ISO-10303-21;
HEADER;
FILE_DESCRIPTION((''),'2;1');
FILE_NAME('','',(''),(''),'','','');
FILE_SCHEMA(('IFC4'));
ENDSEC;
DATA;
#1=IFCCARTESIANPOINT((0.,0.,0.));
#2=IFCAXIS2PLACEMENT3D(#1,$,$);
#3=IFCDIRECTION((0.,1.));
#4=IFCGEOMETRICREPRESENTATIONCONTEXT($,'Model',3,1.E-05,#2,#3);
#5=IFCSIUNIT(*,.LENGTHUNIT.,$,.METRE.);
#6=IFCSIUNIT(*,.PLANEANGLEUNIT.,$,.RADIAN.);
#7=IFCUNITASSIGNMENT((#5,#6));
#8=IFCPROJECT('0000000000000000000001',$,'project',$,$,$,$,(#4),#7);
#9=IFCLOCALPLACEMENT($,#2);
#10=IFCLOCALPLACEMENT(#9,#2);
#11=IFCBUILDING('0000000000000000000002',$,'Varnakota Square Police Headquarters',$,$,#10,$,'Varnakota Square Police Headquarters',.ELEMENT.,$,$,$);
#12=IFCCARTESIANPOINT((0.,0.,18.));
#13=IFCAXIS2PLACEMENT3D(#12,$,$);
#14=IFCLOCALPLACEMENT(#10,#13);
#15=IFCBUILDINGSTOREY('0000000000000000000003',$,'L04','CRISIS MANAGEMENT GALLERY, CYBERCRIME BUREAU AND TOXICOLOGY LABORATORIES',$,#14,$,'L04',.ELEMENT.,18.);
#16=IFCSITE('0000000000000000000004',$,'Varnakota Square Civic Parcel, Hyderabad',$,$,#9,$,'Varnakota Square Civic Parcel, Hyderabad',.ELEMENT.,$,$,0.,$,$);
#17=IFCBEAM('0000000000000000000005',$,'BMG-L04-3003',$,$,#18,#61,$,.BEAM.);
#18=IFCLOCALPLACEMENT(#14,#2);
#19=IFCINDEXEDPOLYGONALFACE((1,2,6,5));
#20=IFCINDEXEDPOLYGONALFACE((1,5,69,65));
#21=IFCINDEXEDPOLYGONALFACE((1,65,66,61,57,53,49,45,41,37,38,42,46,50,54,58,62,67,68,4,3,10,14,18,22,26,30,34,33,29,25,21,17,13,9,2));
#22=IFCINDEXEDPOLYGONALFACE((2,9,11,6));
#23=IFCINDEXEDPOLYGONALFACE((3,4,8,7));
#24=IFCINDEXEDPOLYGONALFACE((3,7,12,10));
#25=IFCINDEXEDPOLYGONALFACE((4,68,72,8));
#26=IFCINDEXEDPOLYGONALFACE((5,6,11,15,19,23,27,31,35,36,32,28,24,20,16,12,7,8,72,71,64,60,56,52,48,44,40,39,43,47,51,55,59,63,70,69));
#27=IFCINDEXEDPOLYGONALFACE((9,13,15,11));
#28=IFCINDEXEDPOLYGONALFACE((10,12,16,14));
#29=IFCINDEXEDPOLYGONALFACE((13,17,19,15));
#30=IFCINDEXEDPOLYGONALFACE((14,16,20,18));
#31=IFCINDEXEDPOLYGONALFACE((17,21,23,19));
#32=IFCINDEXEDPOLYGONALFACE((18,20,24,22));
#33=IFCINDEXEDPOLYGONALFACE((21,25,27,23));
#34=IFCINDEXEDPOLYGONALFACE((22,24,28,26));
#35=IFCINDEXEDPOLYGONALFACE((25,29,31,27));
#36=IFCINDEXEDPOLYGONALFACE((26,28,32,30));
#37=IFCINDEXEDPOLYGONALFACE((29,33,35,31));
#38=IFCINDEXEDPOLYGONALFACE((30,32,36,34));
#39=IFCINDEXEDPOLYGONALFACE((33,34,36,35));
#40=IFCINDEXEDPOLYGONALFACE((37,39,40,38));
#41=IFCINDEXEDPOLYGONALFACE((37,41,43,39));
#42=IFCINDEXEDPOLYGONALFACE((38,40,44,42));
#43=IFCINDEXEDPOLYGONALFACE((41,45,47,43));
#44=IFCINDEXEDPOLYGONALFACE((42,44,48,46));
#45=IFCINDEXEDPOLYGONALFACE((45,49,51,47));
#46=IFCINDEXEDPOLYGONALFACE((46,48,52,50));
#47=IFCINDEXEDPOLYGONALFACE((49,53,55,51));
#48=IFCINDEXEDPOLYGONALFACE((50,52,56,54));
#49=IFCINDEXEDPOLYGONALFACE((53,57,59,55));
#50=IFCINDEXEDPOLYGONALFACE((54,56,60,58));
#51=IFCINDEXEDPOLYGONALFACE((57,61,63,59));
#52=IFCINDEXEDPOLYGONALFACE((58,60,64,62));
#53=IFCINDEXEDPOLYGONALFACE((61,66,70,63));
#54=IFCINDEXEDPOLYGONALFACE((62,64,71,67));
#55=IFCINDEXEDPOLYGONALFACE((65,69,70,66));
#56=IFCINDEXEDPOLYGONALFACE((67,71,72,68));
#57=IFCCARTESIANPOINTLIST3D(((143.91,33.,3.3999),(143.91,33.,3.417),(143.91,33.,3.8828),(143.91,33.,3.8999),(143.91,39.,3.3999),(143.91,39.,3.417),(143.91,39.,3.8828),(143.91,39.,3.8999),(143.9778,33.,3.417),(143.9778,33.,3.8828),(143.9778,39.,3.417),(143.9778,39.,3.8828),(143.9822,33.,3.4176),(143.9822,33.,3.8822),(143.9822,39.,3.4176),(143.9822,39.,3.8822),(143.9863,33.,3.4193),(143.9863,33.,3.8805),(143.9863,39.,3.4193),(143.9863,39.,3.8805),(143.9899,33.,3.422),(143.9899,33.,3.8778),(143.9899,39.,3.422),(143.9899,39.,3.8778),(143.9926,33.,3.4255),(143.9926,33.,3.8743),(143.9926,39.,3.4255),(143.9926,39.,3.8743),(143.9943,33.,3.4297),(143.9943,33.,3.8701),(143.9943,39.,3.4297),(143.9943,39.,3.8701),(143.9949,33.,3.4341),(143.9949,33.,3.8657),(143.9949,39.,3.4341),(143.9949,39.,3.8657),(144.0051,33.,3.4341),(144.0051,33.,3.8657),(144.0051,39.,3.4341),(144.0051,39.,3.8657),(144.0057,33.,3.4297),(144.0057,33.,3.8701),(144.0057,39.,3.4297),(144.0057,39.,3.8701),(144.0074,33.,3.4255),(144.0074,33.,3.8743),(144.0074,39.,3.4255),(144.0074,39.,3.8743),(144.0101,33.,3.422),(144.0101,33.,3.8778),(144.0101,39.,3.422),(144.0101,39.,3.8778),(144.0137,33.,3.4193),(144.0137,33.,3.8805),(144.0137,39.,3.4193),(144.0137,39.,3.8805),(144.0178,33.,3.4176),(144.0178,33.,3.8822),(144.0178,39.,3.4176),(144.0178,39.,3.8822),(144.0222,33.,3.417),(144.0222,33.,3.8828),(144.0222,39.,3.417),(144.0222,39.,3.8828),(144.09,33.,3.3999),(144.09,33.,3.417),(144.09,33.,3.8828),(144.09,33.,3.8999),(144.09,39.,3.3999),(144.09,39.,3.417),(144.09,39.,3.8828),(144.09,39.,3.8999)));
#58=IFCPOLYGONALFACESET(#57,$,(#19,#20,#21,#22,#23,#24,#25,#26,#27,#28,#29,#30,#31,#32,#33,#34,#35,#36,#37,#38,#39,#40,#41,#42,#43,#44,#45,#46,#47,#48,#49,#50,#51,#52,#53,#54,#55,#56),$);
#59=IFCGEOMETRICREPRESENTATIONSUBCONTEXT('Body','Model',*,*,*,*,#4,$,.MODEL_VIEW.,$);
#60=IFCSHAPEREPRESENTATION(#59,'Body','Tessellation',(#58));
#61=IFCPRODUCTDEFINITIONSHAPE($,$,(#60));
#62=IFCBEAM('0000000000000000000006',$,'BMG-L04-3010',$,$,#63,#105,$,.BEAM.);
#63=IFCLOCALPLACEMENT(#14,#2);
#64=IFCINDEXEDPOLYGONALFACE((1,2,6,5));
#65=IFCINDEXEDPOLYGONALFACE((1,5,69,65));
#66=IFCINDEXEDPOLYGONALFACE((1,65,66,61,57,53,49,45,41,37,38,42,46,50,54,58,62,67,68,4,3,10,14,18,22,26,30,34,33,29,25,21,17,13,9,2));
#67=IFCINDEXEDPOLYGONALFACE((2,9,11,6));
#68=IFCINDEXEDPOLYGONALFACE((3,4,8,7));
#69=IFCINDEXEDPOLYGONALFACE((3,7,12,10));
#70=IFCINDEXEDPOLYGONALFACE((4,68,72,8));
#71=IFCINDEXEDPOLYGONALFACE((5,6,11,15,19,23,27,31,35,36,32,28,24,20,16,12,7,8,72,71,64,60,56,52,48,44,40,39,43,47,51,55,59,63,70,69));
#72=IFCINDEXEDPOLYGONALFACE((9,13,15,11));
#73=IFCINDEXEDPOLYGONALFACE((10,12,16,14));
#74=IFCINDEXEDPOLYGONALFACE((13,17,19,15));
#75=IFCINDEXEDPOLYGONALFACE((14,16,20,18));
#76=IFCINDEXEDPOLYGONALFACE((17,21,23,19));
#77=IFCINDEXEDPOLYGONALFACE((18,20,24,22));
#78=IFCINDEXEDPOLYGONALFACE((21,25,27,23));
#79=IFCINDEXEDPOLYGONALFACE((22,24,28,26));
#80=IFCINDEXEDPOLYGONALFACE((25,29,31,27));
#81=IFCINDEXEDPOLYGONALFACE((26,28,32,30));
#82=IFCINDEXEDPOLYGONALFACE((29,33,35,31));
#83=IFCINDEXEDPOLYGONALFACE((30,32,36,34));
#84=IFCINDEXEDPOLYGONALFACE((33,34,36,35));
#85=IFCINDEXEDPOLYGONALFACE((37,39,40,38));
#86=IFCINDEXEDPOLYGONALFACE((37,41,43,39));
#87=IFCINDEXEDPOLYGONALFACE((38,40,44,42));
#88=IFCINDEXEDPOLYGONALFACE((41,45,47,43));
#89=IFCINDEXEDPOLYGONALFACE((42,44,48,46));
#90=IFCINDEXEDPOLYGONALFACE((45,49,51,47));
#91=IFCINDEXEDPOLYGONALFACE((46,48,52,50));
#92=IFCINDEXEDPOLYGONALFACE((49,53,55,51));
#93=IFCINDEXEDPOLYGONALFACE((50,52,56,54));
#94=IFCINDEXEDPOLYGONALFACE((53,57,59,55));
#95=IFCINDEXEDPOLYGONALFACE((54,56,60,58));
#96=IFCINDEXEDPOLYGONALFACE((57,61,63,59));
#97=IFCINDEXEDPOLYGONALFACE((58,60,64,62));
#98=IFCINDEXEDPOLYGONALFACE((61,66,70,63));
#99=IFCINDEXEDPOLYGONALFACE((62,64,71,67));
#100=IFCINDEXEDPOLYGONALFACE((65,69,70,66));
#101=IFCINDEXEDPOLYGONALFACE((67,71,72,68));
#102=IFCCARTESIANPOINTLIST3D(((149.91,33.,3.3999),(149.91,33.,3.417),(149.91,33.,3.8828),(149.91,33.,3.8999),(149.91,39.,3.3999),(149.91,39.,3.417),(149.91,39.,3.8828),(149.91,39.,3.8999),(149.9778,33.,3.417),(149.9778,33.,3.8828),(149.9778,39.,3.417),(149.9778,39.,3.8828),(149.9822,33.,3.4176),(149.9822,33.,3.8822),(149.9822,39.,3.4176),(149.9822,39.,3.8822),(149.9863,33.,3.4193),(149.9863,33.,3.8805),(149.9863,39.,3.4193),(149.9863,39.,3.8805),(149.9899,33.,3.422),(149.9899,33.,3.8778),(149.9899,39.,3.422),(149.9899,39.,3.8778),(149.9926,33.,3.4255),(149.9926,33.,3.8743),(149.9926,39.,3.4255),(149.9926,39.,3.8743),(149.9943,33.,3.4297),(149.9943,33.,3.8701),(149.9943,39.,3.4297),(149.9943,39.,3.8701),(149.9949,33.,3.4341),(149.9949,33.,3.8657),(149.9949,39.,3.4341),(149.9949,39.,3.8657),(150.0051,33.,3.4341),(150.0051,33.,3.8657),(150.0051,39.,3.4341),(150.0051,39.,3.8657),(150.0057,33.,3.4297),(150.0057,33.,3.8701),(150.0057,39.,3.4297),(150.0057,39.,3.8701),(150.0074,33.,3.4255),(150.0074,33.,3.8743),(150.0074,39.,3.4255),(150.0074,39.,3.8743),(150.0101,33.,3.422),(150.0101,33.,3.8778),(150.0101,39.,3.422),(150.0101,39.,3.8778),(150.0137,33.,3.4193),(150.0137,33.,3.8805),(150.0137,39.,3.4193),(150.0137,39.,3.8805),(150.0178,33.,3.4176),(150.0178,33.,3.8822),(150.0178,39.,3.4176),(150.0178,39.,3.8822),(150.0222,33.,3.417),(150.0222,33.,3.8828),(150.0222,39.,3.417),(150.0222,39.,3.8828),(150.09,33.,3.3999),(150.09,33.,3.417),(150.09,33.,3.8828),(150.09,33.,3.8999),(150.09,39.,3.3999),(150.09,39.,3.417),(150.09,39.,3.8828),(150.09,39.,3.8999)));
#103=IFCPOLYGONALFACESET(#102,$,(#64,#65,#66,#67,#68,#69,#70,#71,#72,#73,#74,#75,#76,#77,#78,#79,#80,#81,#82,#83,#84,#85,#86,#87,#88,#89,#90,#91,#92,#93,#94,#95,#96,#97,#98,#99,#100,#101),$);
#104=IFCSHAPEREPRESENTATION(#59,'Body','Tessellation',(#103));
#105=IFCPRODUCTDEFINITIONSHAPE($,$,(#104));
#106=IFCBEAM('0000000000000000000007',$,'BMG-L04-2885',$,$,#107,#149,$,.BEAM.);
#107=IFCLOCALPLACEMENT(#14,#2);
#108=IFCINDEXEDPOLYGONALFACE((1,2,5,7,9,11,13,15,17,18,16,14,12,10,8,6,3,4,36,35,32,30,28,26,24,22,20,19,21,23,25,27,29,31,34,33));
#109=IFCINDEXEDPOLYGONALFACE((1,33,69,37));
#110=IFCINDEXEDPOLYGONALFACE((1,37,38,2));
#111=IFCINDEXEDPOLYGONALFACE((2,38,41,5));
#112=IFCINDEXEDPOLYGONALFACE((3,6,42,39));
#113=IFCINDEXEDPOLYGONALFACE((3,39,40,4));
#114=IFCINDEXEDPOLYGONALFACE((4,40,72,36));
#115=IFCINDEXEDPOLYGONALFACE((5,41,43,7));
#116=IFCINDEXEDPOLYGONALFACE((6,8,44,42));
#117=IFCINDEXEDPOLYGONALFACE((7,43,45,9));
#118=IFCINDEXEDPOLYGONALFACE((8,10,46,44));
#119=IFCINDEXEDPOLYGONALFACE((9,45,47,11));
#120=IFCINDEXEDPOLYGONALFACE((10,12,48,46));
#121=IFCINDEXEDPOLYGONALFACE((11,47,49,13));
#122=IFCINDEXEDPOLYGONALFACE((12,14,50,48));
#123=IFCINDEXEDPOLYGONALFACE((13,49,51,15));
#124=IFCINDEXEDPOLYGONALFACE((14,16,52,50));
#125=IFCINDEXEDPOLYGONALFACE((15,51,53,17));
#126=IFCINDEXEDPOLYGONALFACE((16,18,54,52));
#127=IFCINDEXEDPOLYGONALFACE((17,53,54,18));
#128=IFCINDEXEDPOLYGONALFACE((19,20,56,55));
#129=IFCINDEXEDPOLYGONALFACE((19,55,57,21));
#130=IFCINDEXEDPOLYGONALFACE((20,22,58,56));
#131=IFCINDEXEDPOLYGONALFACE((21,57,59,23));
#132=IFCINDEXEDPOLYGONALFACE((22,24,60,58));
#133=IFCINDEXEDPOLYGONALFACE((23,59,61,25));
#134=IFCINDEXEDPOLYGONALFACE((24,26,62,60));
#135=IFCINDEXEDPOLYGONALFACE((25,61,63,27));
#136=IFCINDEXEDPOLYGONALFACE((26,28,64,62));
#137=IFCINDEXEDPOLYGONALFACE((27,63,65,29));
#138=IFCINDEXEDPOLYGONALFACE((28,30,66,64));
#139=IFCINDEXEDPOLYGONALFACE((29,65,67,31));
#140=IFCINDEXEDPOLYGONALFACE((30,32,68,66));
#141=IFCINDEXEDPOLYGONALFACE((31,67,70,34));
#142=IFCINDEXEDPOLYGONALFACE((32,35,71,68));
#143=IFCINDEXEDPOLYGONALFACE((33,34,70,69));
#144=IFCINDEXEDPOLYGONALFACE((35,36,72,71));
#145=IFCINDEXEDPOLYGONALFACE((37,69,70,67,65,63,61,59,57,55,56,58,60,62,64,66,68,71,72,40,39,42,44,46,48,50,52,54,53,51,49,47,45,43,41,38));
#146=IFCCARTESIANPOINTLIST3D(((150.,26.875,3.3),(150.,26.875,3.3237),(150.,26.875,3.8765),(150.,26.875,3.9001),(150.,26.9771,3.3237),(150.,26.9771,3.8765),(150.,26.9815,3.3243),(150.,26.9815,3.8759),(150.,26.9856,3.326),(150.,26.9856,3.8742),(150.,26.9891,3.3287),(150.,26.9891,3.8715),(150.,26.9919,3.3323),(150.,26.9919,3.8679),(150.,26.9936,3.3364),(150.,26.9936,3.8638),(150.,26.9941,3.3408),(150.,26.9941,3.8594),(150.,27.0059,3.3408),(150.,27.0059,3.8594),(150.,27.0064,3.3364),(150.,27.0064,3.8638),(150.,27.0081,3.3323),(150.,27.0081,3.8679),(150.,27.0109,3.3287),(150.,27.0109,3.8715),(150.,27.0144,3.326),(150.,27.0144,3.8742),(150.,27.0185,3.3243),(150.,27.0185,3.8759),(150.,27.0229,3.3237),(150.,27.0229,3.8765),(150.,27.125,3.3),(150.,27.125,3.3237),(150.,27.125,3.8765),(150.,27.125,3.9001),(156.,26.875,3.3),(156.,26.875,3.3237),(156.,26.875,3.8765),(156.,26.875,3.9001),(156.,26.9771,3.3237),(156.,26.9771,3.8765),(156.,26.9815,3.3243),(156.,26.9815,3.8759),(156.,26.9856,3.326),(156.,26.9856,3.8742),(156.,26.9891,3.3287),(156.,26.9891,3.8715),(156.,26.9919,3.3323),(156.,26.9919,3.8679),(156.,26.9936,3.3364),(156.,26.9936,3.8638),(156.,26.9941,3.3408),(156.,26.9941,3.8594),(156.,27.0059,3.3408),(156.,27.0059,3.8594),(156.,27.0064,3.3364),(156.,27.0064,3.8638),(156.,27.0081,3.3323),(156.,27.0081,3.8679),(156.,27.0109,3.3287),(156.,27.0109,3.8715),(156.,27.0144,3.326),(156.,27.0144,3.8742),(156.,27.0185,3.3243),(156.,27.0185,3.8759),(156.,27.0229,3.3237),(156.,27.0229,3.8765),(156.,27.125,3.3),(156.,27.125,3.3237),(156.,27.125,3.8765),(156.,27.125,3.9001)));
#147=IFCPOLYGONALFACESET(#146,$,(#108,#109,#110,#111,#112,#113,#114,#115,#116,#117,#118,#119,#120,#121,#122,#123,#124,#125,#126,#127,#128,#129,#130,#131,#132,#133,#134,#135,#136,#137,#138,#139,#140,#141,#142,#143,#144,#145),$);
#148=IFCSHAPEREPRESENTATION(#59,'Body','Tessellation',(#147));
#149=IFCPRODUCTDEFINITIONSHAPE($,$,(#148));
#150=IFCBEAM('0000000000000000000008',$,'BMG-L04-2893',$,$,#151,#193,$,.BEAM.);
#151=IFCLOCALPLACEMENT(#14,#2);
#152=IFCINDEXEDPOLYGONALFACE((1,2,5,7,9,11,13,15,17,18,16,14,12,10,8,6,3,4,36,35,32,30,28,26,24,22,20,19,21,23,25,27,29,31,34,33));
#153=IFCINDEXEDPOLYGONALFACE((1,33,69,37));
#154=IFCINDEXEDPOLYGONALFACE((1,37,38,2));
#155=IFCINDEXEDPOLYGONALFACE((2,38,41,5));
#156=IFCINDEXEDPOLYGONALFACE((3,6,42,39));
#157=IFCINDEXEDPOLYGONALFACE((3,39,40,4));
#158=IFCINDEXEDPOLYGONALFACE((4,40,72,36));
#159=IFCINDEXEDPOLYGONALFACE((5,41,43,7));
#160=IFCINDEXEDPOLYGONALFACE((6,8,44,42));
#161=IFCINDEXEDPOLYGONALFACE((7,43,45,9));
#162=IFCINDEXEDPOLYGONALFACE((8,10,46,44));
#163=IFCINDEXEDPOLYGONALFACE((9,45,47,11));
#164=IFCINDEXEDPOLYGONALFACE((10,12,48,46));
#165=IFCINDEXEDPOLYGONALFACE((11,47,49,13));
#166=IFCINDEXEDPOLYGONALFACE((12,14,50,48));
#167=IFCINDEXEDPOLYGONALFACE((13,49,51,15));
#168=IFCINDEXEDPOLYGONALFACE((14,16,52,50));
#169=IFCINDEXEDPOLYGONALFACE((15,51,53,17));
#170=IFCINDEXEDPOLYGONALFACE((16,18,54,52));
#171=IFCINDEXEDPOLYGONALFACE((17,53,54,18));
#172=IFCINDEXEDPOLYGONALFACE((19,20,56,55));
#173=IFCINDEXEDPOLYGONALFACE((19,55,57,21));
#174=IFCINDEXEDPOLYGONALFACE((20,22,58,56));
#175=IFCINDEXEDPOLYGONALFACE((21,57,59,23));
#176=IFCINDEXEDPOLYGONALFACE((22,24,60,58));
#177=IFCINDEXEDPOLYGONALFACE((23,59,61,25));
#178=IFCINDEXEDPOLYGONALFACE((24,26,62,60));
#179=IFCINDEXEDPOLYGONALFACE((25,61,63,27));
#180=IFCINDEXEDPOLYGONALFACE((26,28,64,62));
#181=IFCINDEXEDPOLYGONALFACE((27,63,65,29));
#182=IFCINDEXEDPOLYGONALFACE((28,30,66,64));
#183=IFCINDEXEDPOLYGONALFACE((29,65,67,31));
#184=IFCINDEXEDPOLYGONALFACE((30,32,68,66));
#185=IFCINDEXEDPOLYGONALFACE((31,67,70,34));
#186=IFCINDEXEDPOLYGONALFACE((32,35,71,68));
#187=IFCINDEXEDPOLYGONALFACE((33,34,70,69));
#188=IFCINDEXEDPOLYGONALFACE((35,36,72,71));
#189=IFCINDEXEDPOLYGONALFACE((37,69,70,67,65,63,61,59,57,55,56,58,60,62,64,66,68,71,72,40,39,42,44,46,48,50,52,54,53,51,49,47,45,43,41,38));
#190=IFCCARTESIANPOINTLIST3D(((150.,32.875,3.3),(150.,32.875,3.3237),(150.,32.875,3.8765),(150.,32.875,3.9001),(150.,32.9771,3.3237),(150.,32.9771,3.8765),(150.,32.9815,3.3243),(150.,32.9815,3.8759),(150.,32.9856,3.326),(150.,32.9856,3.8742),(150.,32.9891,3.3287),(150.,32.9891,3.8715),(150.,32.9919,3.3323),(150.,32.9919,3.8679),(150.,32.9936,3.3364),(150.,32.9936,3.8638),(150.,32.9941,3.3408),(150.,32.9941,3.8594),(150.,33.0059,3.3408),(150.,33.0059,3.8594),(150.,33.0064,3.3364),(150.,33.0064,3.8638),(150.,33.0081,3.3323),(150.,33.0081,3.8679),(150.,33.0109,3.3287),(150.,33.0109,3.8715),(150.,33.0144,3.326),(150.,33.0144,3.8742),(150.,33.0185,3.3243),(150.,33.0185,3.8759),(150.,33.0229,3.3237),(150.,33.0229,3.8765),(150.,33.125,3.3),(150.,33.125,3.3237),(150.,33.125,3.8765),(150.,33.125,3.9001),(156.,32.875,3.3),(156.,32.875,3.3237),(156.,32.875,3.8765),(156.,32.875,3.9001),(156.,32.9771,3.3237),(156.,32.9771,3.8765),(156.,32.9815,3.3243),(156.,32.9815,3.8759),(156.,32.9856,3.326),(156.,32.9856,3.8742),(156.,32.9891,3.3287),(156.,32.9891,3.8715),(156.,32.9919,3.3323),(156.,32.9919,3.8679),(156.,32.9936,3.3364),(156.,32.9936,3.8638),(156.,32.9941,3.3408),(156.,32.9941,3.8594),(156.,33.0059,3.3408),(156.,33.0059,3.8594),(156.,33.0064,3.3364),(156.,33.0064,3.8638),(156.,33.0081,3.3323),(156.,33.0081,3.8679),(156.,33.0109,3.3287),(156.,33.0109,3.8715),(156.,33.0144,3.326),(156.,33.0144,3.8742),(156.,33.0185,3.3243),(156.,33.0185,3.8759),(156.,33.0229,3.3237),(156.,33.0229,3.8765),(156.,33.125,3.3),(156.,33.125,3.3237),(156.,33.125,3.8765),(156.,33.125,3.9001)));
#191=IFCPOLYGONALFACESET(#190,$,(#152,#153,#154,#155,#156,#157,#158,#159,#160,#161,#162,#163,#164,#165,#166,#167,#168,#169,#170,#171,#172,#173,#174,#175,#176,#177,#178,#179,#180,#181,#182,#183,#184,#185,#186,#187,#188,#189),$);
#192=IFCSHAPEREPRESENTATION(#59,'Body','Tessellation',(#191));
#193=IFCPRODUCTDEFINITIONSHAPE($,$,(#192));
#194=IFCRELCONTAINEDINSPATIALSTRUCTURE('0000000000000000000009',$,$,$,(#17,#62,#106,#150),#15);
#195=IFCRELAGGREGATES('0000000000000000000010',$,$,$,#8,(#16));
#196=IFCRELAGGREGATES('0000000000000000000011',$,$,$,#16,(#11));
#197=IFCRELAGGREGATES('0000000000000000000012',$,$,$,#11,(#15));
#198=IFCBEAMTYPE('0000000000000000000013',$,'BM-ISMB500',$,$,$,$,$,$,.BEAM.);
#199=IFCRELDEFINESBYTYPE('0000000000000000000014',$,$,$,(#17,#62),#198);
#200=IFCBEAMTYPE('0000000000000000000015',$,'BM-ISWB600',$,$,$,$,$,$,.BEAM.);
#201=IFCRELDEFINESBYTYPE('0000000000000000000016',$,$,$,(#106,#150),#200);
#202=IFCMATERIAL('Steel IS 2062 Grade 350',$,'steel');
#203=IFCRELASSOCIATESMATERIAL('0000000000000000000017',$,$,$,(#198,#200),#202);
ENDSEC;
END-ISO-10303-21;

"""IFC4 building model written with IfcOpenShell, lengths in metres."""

from ifc_helpers import new_model, si_unit, direction, frame, origin, origin_2d, place, context, subcontext, project, spatial, i_section, extrude, material, material_profile, profile_set, type_object, element, save


model = new_model("IFC4")

# Units and contexts
model_context = context("Model", 3, precision=1e-05, world=origin(), true_north=direction((0.0, 1.0)))
body_context = subcontext(model_context, "Body", "Model", "MODEL_VIEW")
ifc_project = project(units=[si_unit("LENGTHUNIT", "METRE"), si_unit("PLANEANGLEUNIT", "RADIAN")], contexts=[model_context])

# Site, building, storey
site_placement = place(None, origin())
site = spatial("IfcSite", under=ifc_project, at=site_placement, Name="Varnakota Square Civic Parcel, Hyderabad", LongName="Varnakota Square Civic Parcel, Hyderabad", CompositionType="ELEMENT", RefElevation=0.0)
building_placement = place(site_placement, origin())
building = spatial("IfcBuilding", under=site, at=building_placement, Name="Varnakota Square Police Headquarters", LongName="Varnakota Square Police Headquarters", CompositionType="ELEMENT")
storey_placement = place(building_placement, frame((0.0, 0.0, 18.0)))
storey = spatial("IfcBuildingStorey", under=building, at=storey_placement, Name="L04", Description="CRISIS MANAGEMENT GALLERY, CYBERCRIME BUREAU AND TOXICOLOGY LABORATORIES", LongName="L04", CompositionType="ELEMENT", Elevation=18.0)

# Shared definitions
ifc_material_1 = material(Name="Steel IS 2062 Grade 350", Category="steel")

# Beams
ifc_material_profile_1 = material_profile(ifc_material_1, i_section(OverallWidth=0.1799, OverallDepth=0.5, WebThickness=0.0103, FlangeThickness=0.0171, FilletRadius=0.0171, at=origin_2d()), Name="ISMB 500")
ifc_profile_set_1 = profile_set([ifc_material_profile_1], Name="Steel IS 2062 Grade 350")
beam_type_1 = type_object("IfcBeamType", Name="BM-ISMB500", PredefinedType="BEAM", material=ifc_profile_set_1)
for number, where, z_axis, x_axis, name in (
    (1, (144.0, 33.0, 3.6499), (0.0, 1.0, 0.0), (-1.0, 0.0, 0.0), "BMG-L04-3003"),
    (2, (150.0, 33.0, 3.6499), (0.0, 1.0, 0.0), (-1.0, 0.0, 0.0), "BMG-L04-3010"),
):
    element("IfcBeam", number, at=place(storey_placement, frame(where, z_axis=z_axis, x_axis=x_axis)), inside=storey, type_object=beam_type_1, Name=name, PredefinedType="BEAM", context=body_context, shape_type="SweptSolid", body=[
        extrude(i_section(OverallWidth=0.1799, OverallDepth=0.5, WebThickness=0.0103, FlangeThickness=0.0171, FilletRadius=0.0171, at=origin_2d()), origin(), (0.0, 0.0, 1.0), 6.0),
    ])
ifc_material_profile_2 = material_profile(ifc_material_1, i_section(OverallWidth=0.25, OverallDepth=0.6001, WebThickness=0.0117, FlangeThickness=0.0237, FilletRadius=0.0171, at=origin_2d()), Name="ISWB 600")
ifc_profile_set_2 = profile_set([ifc_material_profile_2], Name="Steel IS 2062 Grade 350")
beam_type_2 = type_object("IfcBeamType", Name="BM-ISWB600", PredefinedType="BEAM", material=ifc_profile_set_2)
for number, where, z_axis, x_axis, name in (
    (3, (150.0, 27.0, 3.6001), (1.0, 0.0, 0.0), (0.0, 1.0, 0.0), "BMG-L04-2885"),
    (4, (150.0, 33.0, 3.6001), (1.0, 0.0, 0.0), (0.0, 1.0, 0.0), "BMG-L04-2893"),
):
    element("IfcBeam", number, at=place(storey_placement, frame(where, z_axis=z_axis, x_axis=x_axis)), inside=storey, type_object=beam_type_2, Name=name, PredefinedType="BEAM", context=body_context, shape_type="SweptSolid", body=[
        extrude(i_section(OverallWidth=0.25, OverallDepth=0.6001, WebThickness=0.0117, FlangeThickness=0.0237, FilletRadius=0.0171, at=origin_2d()), origin(), (0.0, 0.0, 1.0), 6.0),
    ])

save(model, "model.ifc")
